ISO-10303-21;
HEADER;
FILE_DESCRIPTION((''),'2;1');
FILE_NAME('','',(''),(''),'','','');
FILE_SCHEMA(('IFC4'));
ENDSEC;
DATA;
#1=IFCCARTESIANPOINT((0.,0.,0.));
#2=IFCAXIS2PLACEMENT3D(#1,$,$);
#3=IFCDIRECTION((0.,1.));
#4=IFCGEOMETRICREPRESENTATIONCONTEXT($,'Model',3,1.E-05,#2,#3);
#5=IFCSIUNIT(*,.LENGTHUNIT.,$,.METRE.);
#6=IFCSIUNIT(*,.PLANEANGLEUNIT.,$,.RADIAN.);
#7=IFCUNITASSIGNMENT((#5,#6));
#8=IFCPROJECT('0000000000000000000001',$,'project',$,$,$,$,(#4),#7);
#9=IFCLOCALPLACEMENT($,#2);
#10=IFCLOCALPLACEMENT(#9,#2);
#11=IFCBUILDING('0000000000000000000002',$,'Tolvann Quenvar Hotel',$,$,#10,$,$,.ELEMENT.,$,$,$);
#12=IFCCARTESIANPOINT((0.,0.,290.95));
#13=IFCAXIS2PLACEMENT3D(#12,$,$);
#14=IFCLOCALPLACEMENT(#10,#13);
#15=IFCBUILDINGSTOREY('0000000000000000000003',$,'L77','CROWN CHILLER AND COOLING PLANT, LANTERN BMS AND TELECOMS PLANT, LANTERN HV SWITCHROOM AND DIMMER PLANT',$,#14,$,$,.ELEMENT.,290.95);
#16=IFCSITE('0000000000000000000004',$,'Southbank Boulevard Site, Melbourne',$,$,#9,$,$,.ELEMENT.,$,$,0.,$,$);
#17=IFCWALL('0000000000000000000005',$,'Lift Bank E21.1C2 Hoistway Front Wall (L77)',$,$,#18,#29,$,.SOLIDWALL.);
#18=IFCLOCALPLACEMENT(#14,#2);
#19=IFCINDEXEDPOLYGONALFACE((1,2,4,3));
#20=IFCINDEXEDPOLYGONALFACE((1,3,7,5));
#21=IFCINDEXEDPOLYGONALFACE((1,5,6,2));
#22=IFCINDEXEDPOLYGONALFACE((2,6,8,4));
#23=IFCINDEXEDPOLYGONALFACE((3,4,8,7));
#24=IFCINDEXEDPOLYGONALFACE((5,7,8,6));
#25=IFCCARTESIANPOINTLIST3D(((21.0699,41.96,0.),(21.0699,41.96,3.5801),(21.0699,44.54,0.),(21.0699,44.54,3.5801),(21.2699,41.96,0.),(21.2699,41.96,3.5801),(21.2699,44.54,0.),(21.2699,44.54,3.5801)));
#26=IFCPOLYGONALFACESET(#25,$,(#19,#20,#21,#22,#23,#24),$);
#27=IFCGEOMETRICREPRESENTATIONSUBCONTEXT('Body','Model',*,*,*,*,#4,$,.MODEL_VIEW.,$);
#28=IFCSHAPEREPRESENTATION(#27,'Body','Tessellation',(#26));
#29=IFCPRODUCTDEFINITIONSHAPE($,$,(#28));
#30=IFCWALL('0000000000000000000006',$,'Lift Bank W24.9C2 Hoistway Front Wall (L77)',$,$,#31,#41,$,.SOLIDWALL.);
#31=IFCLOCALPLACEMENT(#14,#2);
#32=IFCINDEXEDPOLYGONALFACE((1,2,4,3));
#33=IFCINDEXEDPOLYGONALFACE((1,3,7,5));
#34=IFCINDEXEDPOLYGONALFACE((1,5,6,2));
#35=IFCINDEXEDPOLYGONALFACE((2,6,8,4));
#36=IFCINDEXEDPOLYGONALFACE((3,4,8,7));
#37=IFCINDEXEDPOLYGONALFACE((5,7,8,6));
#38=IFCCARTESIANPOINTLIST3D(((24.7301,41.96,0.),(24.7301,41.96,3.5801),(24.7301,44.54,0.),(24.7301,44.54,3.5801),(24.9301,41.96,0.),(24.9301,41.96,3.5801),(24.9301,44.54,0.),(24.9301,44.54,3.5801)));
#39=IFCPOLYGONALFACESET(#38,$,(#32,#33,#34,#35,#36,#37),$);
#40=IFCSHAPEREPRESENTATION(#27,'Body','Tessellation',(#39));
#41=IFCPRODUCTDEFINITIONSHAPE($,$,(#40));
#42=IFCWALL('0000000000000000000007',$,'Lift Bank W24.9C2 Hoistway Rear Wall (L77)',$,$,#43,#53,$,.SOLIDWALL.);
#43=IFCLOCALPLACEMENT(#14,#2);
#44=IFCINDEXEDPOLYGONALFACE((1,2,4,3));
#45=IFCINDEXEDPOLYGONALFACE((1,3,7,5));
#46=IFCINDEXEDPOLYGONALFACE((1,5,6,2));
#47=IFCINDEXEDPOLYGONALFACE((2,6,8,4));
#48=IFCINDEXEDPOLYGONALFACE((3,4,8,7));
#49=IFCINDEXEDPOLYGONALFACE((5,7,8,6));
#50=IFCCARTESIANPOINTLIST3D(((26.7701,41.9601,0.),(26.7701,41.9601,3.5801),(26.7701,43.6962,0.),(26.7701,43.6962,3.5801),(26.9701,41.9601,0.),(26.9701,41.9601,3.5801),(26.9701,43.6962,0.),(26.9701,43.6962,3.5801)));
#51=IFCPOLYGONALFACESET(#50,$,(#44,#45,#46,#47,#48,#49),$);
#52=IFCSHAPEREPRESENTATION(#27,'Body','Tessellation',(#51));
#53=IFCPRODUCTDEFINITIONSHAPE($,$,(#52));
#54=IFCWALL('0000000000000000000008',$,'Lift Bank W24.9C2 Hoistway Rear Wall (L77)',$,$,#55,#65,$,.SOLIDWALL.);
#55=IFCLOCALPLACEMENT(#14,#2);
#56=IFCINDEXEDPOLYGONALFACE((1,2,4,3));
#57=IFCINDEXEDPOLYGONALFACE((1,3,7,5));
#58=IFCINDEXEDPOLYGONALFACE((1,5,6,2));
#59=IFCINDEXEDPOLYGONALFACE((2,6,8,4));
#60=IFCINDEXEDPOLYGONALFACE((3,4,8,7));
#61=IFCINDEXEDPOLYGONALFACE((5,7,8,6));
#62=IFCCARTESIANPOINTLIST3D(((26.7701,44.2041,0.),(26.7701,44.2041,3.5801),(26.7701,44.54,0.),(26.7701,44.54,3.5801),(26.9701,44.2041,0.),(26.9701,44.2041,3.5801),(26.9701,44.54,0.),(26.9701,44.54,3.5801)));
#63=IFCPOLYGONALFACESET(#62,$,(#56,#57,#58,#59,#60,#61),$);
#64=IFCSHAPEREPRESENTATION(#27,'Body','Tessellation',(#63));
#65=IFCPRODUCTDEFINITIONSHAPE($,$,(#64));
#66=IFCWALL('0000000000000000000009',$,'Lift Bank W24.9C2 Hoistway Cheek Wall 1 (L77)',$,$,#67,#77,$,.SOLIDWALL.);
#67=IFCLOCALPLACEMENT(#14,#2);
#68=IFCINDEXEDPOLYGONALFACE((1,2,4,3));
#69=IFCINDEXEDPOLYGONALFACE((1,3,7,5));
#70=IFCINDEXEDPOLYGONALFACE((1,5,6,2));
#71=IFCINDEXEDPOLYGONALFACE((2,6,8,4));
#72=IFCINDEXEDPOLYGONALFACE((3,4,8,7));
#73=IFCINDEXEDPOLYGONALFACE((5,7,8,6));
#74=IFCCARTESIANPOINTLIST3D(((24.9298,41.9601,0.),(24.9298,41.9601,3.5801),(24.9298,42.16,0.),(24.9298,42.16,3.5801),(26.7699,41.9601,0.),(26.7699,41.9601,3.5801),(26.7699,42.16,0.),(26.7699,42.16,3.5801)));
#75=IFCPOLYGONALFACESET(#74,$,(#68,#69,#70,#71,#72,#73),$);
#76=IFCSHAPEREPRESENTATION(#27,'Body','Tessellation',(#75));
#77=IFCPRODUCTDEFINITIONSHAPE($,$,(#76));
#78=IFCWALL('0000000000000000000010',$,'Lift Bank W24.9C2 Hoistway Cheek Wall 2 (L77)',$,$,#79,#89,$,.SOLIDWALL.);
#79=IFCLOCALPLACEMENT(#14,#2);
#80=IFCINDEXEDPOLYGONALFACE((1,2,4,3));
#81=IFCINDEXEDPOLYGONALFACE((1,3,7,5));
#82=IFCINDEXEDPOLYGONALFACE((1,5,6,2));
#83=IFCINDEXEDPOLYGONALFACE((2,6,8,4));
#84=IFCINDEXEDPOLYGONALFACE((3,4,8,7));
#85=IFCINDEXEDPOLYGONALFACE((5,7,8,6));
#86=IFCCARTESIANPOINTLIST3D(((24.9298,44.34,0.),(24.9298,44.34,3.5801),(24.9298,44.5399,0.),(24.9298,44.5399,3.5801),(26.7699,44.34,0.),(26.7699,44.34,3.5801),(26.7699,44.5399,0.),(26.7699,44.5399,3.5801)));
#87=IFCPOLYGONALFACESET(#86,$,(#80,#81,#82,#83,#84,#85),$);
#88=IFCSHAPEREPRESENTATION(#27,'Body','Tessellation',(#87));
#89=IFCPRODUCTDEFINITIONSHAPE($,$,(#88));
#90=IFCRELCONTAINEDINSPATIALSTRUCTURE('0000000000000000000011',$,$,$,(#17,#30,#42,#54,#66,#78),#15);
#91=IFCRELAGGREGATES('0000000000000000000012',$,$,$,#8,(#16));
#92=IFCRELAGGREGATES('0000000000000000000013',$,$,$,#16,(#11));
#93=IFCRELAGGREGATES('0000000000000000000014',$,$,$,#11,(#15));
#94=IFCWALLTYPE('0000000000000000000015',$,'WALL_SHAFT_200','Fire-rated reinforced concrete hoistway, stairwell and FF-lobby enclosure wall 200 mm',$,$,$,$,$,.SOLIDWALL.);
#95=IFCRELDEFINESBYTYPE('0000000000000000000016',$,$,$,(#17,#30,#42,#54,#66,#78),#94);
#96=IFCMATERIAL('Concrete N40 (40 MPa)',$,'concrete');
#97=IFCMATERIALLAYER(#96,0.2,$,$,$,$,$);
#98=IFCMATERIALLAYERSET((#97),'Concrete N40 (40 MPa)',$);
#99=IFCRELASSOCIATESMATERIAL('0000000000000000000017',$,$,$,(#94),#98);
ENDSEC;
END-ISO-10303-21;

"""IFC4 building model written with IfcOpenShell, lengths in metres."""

from ifc_helpers import new_model, si_unit, direction, frame, frame_2d, origin, place, context, subcontext, project, spatial, rectangle, extrude, material, layer, layer_set, type_object, element, save


model = new_model("IFC4")

# Units and contexts
model_context = context("Model", 3, precision=1e-05, world=origin(), true_north=direction((0.0, 1.0)))
body_context = subcontext(model_context, "Body", "Model", "MODEL_VIEW")
ifc_project = project(units=[si_unit("LENGTHUNIT", "METRE"), si_unit("PLANEANGLEUNIT", "RADIAN")], contexts=[model_context])

# Site, building, storey
site_placement = place(None, origin())
site = spatial("IfcSite", under=ifc_project, at=site_placement, Name="Southbank Boulevard Site, Melbourne", CompositionType="ELEMENT", RefElevation=0.0)
building_placement = place(site_placement, origin())
building = spatial("IfcBuilding", under=site, at=building_placement, Name="Tolvann Quenvar Hotel", CompositionType="ELEMENT")
storey_placement = place(building_placement, frame((0.0, 0.0, 290.95)))
storey = spatial("IfcBuildingStorey", under=building, at=storey_placement, Name="L77", Description="CROWN CHILLER AND COOLING PLANT, LANTERN BMS AND TELECOMS PLANT, LANTERN HV SWITCHROOM AND DIMMER PLANT", CompositionType="ELEMENT", Elevation=290.95)

# Walls
ifc_material_1 = material(Name="Concrete N40 (40 MPa)", Category="concrete")
ifc_layer_1 = layer(ifc_material_1, 0.2)
ifc_layer_set_1 = layer_set([ifc_layer_1], Name="Concrete N40 (40 MPa)")
wall_type = type_object("IfcWallType", Name="WALL_SHAFT_200", Description="Fire-rated reinforced concrete hoistway, stairwell and FF-lobby enclosure wall 200 mm", PredefinedType="SOLIDWALL", material=ifc_layer_set_1)
for number, where, z_axis, x_axis, name in (
    (1, (21.1699, 41.96, 0.0), (0.0, 0.0, 1.0), (0.0, 1.0, 0.0), "Lift Bank E21.1C2 Hoistway Front Wall (L77)"),
    (2, (24.8301, 41.96, 0.0), (0.0, 0.0, 1.0), (0.0, 1.0, 0.0), "Lift Bank W24.9C2 Hoistway Front Wall (L77)"),
):
    element("IfcWall", number, at=place(storey_placement, frame(where, z_axis=z_axis, x_axis=x_axis)), inside=storey, type_object=wall_type, Name=name, PredefinedType="SOLIDWALL", context=body_context, shape_type="SweptSolid", body=[
        extrude(rectangle(XDim=2.5801, YDim=0.2, at=frame_2d((1.29, 0.0))), origin(), (0.0, 0.0, 1.0), 3.5801),
    ])
wall_1_placement = place(storey_placement, frame((26.8701, 41.96, 0.0), z_axis=(0.0, 0.0, 1.0), x_axis=(0.0, 1.0, 0.0)))
element("IfcWall", 3, at=wall_1_placement, inside=storey, type_object=wall_type, Name="Lift Bank W24.9C2 Hoistway Rear Wall (L77)", PredefinedType="SOLIDWALL", context=body_context, shape_type="SweptSolid", body=[
    extrude(rectangle(XDim=1.7361, YDim=0.2, at=frame_2d((0.8682, 0.0))), origin(), (0.0, 0.0, 1.0), 3.5801),
])
wall_2_placement = place(storey_placement, frame((26.8701, 44.2041, 0.0), z_axis=(0.0, 0.0, 1.0), x_axis=(0.0, 1.0, 0.0)))
element("IfcWall", 4, at=wall_2_placement, inside=storey, type_object=wall_type, Name="Lift Bank W24.9C2 Hoistway Rear Wall (L77)", PredefinedType="SOLIDWALL", context=body_context, shape_type="SweptSolid", body=[
    extrude(rectangle(XDim=0.3359, YDim=0.2, at=frame_2d((0.168, 0.0))), origin(), (0.0, 0.0, 1.0), 3.5801),
])
for number, where, z_axis, x_axis, name in (
    (5, (24.9299, 42.0601, 0.0), (0.0, 0.0, 1.0), (1.0, 0.0, 0.0), "Lift Bank W24.9C2 Hoistway Cheek Wall 1 (L77)"),
    (6, (24.9299, 44.4399, 0.0), (0.0, 0.0, 1.0), (1.0, 0.0, 0.0), "Lift Bank W24.9C2 Hoistway Cheek Wall 2 (L77)"),
):
    element("IfcWall", number, at=place(storey_placement, frame(where, z_axis=z_axis, x_axis=x_axis)), inside=storey, type_object=wall_type, Name=name, PredefinedType="SOLIDWALL", context=body_context, shape_type="SweptSolid", body=[
        extrude(rectangle(XDim=1.8401, YDim=0.2, at=frame_2d((0.9199, 0.0))), origin(), (0.0, 0.0, 1.0), 3.5801),
    ])

save(model, "model.ifc")
